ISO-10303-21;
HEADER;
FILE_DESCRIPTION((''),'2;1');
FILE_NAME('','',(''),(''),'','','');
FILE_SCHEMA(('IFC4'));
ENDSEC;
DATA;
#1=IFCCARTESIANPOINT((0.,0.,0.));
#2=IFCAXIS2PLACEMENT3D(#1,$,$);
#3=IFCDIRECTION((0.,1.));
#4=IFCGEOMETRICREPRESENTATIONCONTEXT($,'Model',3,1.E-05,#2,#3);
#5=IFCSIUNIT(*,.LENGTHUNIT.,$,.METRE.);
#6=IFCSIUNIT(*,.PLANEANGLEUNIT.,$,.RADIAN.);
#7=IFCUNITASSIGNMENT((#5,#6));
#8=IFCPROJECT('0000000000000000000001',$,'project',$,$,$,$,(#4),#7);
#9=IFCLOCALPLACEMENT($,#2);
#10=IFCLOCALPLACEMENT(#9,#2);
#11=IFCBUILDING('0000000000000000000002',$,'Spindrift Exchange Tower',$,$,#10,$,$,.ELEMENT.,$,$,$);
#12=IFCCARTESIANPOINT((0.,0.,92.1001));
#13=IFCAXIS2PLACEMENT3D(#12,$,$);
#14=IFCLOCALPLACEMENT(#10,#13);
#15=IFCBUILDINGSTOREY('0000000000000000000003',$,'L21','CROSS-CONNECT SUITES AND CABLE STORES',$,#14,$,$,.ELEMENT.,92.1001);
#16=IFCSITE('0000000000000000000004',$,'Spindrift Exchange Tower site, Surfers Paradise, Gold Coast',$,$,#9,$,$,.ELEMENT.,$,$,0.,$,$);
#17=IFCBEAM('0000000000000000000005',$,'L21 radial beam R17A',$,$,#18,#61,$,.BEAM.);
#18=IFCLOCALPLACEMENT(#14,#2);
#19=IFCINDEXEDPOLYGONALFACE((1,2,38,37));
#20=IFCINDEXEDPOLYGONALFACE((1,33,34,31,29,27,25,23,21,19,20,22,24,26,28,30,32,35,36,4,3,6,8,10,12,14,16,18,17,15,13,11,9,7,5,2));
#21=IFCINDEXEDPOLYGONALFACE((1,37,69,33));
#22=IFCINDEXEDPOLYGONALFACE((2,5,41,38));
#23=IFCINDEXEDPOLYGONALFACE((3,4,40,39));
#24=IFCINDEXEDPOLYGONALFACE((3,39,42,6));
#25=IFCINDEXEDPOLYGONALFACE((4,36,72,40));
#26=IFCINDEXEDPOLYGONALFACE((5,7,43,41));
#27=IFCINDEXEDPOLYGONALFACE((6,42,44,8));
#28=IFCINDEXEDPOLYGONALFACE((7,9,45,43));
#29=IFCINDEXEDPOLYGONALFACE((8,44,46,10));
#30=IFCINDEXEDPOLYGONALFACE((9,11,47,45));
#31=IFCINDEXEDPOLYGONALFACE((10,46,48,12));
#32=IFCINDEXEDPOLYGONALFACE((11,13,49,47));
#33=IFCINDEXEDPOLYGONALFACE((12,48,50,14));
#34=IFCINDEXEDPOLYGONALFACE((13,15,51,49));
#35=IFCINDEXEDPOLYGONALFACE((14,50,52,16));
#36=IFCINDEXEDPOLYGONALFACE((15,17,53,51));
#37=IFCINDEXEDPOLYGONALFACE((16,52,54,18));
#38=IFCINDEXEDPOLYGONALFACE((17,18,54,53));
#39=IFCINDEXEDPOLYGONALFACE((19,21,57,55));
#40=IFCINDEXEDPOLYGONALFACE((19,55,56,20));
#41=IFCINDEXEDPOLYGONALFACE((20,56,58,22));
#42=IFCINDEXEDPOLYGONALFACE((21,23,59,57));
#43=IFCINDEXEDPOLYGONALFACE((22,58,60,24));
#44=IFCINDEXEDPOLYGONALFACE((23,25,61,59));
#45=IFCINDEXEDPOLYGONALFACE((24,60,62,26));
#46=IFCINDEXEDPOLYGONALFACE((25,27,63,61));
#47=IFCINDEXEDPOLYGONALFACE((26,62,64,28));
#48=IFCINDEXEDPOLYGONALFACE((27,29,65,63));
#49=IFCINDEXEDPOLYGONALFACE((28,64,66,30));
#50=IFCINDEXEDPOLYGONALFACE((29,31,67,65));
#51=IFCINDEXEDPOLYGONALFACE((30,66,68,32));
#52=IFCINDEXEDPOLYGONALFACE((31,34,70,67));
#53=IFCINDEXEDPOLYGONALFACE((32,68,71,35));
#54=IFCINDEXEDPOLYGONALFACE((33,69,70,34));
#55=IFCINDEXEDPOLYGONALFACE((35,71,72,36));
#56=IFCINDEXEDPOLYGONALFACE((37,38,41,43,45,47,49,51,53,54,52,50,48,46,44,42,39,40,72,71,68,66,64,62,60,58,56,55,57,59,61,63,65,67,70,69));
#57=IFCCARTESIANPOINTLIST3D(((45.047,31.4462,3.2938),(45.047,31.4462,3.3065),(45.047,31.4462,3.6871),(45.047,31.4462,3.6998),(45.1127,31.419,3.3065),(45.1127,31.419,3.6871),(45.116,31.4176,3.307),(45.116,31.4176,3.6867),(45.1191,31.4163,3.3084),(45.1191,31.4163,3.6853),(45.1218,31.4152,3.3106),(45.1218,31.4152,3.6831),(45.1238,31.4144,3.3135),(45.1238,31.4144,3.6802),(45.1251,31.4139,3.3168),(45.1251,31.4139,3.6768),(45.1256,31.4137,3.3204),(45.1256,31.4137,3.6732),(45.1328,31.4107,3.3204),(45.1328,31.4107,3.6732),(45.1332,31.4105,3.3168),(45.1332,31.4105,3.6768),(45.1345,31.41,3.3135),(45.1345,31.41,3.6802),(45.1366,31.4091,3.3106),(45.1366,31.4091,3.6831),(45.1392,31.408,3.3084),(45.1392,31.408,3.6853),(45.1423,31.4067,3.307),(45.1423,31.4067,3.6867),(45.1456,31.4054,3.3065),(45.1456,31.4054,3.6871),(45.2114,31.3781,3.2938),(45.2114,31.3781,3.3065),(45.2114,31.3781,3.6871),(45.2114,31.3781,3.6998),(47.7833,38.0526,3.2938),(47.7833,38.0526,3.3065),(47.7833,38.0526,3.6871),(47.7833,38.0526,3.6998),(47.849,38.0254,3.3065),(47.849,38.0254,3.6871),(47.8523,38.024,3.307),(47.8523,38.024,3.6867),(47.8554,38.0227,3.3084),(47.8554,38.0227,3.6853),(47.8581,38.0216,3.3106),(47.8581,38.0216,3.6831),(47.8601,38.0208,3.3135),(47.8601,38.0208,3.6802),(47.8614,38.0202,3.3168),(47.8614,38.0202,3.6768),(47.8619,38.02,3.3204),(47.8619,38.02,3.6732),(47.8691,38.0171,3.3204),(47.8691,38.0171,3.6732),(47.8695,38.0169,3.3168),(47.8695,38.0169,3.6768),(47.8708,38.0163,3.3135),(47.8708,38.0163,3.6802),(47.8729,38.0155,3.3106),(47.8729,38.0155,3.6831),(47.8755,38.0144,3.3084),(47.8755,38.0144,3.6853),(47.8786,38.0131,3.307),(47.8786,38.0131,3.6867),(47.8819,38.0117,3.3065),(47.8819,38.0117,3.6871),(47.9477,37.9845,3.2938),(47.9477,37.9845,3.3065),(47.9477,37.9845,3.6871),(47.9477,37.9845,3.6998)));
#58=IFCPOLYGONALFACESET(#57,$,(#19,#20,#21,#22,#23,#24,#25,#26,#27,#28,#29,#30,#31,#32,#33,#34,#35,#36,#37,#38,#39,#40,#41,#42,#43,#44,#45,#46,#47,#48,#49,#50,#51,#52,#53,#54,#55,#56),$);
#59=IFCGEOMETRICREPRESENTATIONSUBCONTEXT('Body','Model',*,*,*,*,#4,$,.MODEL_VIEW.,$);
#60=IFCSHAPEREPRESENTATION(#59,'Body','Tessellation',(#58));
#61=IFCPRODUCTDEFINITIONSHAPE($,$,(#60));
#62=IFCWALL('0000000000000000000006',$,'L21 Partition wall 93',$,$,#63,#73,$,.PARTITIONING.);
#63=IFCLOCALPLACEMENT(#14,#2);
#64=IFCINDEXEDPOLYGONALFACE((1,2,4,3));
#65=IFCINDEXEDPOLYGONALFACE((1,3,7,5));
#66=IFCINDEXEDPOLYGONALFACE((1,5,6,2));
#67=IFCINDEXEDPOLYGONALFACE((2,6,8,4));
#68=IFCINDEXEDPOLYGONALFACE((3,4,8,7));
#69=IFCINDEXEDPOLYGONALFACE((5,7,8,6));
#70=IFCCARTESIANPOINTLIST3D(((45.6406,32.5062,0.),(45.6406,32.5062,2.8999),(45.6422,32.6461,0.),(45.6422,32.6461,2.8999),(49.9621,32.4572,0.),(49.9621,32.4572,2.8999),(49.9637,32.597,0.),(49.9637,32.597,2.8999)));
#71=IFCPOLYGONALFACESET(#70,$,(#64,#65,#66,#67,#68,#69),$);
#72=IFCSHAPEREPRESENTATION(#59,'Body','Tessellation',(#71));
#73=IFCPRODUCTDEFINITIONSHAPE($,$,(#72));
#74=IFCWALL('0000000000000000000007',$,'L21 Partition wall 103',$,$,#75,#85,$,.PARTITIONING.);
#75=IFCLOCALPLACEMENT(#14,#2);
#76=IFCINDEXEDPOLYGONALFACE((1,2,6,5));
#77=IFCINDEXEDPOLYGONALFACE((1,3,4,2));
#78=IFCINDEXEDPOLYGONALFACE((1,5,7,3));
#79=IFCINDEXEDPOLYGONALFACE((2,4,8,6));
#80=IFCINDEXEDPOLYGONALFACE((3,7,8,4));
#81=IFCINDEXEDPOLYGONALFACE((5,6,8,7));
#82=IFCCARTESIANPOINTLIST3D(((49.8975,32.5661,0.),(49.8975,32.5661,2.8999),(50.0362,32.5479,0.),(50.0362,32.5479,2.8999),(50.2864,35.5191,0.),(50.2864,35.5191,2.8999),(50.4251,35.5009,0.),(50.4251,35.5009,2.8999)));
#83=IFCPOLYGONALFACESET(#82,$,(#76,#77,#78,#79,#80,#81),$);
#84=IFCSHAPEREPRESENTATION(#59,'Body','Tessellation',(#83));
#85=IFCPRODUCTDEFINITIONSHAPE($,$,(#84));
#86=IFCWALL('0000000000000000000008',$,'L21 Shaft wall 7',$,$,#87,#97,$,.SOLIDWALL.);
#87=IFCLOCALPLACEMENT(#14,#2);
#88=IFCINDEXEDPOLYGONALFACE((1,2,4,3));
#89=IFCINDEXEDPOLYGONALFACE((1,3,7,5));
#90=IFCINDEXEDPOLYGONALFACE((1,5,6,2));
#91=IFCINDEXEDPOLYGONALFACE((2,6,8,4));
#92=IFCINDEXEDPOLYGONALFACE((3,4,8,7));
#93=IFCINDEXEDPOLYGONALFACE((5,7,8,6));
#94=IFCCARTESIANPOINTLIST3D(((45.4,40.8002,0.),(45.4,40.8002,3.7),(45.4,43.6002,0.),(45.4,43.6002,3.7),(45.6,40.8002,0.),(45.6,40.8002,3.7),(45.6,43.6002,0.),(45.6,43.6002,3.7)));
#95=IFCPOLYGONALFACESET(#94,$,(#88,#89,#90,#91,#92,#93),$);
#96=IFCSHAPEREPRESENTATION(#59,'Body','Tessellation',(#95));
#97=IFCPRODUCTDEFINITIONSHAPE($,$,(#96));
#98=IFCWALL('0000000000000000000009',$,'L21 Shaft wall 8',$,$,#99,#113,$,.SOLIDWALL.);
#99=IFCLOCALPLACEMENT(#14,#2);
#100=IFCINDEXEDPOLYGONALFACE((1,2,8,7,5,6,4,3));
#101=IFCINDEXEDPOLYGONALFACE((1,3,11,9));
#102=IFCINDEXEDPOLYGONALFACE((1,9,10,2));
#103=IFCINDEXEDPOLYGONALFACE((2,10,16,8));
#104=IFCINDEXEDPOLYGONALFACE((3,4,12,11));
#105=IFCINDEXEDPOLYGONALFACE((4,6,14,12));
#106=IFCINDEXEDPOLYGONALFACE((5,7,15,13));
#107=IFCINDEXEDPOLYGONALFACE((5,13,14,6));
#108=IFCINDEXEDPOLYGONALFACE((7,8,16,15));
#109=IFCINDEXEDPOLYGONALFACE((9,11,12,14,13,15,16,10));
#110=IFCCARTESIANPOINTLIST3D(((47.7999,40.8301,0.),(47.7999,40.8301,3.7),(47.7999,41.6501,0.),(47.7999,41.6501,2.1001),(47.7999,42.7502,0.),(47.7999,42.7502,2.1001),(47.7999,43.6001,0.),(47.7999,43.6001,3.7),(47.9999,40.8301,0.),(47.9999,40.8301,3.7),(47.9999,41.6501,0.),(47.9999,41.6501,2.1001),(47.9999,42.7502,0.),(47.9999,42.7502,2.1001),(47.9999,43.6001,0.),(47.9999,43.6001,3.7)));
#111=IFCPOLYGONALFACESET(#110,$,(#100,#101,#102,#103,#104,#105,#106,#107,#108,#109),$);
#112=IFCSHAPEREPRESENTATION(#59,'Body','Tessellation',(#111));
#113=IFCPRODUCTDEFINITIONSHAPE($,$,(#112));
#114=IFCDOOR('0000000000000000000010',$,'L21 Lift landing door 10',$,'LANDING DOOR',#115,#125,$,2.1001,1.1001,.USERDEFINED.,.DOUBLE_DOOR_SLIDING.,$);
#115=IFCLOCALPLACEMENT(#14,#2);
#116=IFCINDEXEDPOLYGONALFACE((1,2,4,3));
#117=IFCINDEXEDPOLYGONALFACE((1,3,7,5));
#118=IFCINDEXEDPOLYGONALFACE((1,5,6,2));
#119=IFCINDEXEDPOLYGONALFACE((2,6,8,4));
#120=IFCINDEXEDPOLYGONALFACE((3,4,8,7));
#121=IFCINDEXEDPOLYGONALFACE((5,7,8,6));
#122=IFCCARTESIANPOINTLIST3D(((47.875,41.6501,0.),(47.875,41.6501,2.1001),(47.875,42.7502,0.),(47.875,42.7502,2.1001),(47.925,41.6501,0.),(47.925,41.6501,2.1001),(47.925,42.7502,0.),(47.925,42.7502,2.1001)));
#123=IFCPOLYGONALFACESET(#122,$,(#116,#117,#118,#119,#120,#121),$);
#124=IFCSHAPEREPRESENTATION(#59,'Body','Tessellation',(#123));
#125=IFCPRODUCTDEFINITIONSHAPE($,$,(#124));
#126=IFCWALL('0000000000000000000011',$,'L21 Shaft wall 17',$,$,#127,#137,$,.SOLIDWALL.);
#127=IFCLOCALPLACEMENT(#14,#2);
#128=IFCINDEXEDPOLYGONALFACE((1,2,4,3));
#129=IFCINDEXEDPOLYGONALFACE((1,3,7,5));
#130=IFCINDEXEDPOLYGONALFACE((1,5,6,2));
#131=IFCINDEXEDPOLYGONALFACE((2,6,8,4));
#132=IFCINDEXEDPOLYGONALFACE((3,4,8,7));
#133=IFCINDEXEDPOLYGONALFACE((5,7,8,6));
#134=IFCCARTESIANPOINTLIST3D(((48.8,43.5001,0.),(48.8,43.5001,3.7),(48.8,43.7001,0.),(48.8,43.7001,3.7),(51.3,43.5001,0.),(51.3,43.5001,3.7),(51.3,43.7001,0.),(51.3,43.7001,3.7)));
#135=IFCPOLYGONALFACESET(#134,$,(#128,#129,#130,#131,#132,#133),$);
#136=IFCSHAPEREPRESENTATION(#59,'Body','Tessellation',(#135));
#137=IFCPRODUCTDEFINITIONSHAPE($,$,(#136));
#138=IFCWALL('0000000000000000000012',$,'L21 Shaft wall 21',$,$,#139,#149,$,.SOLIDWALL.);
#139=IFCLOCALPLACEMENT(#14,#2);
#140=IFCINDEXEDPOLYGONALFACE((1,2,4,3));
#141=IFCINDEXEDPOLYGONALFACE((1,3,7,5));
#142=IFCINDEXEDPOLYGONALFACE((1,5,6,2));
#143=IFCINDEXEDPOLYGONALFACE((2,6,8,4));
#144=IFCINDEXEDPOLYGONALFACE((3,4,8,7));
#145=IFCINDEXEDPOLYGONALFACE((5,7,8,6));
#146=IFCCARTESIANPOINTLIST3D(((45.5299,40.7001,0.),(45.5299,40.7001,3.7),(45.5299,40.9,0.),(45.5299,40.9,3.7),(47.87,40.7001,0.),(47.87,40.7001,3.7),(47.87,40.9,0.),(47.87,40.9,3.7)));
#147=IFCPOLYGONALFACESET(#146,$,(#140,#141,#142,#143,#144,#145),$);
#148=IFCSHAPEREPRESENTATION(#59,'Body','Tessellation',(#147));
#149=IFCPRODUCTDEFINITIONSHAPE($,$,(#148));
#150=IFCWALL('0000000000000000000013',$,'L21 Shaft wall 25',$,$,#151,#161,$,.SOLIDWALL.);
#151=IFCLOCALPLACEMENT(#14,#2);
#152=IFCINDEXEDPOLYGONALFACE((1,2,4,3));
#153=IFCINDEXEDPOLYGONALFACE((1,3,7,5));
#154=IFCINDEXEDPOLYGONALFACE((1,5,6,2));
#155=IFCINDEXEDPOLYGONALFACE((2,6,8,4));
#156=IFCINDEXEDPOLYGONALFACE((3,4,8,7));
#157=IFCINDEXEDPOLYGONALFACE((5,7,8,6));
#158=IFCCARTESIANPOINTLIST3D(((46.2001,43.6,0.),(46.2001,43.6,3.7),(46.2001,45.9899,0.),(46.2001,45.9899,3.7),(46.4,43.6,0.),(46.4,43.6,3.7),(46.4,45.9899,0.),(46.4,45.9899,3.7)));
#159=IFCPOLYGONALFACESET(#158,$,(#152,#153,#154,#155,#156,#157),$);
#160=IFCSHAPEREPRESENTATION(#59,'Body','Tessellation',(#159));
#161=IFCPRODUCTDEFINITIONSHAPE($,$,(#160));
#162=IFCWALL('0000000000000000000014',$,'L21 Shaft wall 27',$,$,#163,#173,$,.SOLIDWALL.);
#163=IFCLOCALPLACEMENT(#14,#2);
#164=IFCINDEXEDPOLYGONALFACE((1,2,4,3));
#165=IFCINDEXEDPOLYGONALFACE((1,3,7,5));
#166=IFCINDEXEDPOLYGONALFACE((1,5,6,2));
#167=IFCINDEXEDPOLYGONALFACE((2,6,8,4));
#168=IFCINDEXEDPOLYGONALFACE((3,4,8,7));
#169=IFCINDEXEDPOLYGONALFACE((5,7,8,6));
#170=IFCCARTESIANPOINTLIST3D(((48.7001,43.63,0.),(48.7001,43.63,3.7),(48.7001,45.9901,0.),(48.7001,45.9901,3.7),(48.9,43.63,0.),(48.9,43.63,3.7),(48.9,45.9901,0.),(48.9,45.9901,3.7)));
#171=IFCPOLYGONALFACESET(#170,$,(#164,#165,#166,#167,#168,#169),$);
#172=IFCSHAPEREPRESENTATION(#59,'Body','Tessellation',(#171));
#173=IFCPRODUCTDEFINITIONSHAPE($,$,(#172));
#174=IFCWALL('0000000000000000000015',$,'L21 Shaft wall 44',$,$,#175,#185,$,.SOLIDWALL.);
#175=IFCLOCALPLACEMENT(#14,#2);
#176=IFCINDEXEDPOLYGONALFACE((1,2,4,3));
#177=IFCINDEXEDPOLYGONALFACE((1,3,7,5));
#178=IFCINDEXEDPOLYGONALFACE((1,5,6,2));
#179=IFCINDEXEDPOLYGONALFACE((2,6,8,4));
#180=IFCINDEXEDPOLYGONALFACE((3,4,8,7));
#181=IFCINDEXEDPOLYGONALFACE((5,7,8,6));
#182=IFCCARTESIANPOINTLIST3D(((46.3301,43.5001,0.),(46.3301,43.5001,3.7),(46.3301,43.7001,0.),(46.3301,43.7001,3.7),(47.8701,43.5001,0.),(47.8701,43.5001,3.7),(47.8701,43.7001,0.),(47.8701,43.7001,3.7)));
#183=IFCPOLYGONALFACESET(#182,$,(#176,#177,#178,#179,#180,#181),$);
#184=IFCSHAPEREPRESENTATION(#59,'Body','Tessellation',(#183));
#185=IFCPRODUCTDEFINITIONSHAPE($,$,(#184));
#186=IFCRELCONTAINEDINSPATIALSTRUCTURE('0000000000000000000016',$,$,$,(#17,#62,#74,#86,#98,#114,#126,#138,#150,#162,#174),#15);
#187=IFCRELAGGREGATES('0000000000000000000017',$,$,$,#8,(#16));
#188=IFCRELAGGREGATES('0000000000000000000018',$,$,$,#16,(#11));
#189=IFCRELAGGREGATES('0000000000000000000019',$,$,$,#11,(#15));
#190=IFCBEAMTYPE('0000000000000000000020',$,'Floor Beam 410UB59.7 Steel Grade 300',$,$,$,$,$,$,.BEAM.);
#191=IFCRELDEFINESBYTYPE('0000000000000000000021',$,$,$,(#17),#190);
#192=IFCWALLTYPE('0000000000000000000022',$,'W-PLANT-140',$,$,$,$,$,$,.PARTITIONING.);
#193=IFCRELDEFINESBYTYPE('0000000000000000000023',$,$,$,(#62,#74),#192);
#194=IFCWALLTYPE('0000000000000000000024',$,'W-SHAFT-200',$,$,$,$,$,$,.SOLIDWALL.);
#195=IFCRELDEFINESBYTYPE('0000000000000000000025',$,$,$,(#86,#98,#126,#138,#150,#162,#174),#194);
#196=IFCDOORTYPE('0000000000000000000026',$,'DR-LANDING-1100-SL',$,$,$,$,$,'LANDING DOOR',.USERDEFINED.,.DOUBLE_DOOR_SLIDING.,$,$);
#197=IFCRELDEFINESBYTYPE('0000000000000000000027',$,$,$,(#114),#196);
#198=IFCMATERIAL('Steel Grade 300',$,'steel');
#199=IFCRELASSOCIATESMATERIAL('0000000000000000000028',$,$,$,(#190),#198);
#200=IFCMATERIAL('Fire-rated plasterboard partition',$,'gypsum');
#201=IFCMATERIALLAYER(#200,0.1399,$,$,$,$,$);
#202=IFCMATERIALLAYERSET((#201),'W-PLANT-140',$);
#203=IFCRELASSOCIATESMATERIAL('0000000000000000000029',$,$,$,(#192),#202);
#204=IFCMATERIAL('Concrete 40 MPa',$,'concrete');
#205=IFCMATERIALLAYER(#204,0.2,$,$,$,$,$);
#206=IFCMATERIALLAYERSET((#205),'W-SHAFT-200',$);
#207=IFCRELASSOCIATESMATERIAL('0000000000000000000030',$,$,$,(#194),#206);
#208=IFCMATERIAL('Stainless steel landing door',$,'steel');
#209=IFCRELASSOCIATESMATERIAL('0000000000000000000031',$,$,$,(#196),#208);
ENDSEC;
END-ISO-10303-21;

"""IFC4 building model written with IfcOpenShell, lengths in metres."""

from ifc_helpers import new_model, si_unit, direction, frame, frame_2d, origin, origin_2d, place, context, subcontext, project, spatial, rectangle, i_section, extrude, source, transform, mapped, material, layer, layer_set, material_profile, profile_set, type_object, element, fill, save


model = new_model("IFC4")

# Units and contexts
model_context = context("Model", 3, precision=1e-05, world=origin(), true_north=direction((0.0, 1.0)))
body_context = subcontext(model_context, "Body", "Model", "MODEL_VIEW")
ifc_project = project(units=[si_unit("LENGTHUNIT", "METRE"), si_unit("PLANEANGLEUNIT", "RADIAN")], contexts=[model_context])

# Site, building, storey
site_placement = place(None, origin())
site = spatial("IfcSite", under=ifc_project, at=site_placement, Name="Spindrift Exchange Tower site, Surfers Paradise, Gold Coast", CompositionType="ELEMENT", RefElevation=0.0)
building_placement = place(site_placement, origin())
building = spatial("IfcBuilding", under=site, at=building_placement, Name="Spindrift Exchange Tower", CompositionType="ELEMENT")
storey_placement = place(building_placement, frame((0.0, 0.0, 92.1001)))
storey = spatial("IfcBuildingStorey", under=building, at=storey_placement, Name="L21", Description="CROSS-CONNECT SUITES AND CABLE STORES", CompositionType="ELEMENT", Elevation=92.1001)

# Beam
ifc_material_1 = material(Name="Steel Grade 300", Category="steel")
ifc_material_profile = material_profile(ifc_material_1, i_section(OverallWidth=0.178, OverallDepth=0.406, WebThickness=0.0078, FlangeThickness=0.0127, FilletRadius=0.0139, at=origin_2d()), Name="410UB59.7")
ifc_profile_set = profile_set([ifc_material_profile], Name="Steel Grade 300")
beam_type = type_object("IfcBeamType", Name="Floor Beam 410UB59.7 Steel Grade 300", PredefinedType="BEAM", material=ifc_profile_set)
shared_shape_1 = source(origin(), body_context, "Body", "SweptSolid", [
    extrude(i_section(OverallWidth=0.178, OverallDepth=0.406, WebThickness=0.0078, FlangeThickness=0.0127, FilletRadius=0.0139, at=origin_2d()), origin(), (0.0, 0.0, 1.0), 7.1506),
])
beam_placement = place(storey_placement, frame((47.8655, 38.0186, 3.4968), z_axis=(-0.382665, -0.923887, 0.0), x_axis=(0.923887, -0.382665, 0.0)))
element("IfcBeam", 1, at=beam_placement, inside=storey, type_object=beam_type, Name="L21 radial beam R17A", PredefinedType="BEAM", context=body_context, shape_type="MappedRepresentation", body=[
    mapped(shared_shape_1, transform((0.0, 0.0, 0.0), scale=1.0)),
])

# Walls
ifc_material_2 = material(Name="Fire-rated plasterboard partition", Category="gypsum")
ifc_layer_1 = layer(ifc_material_2, 0.1399)
ifc_layer_set_1 = layer_set([ifc_layer_1], Name="W-PLANT-140")
wall_type_1 = type_object("IfcWallType", Name="W-PLANT-140", PredefinedType="PARTITIONING", material=ifc_layer_set_1)
wall_1_placement = place(storey_placement, frame((45.6414, 32.5762, 0.0), z_axis=(0.0, 0.0, 1.0), x_axis=(0.999936, -0.011355, 0.0)))
element("IfcWall", 2, at=wall_1_placement, inside=storey, type_object=wall_type_1, Name="L21 Partition wall 93", PredefinedType="PARTITIONING", context=body_context, shape_type="SweptSolid", body=[
    extrude(rectangle(XDim=4.3218, YDim=0.1399, at=frame_2d((2.1609, 0.0))), origin(), (0.0, 0.0, 1.0), 2.8999),
])
wall_2_placement = place(storey_placement, frame((50.3557, 35.51, 0.0), z_axis=(0.0, 0.0, 1.0), x_axis=(-0.130569, -0.991439, 0.0)))
element("IfcWall", 3, at=wall_2_placement, inside=storey, type_object=wall_type_1, Name="L21 Partition wall 103", PredefinedType="PARTITIONING", context=body_context, shape_type="SweptSolid", body=[
    extrude(rectangle(XDim=2.9785, YDim=0.1399, at=frame_2d((1.4893, 0.0))), origin(), (0.0, 0.0, 1.0), 2.8999),
])
ifc_material_3 = material(Name="Concrete 40 MPa", Category="concrete")
ifc_layer_2 = layer(ifc_material_3, 0.2)
ifc_layer_set_2 = layer_set([ifc_layer_2], Name="W-SHAFT-200")
wall_type_2 = type_object("IfcWallType", Name="W-SHAFT-200", PredefinedType="SOLIDWALL", material=ifc_layer_set_2)
wall_3_placement = place(storey_placement, frame((45.5, 43.6001, 0.0), z_axis=(0.0, 0.0, 1.0), x_axis=(0.0, -1.0, 0.0)))
element("IfcWall", 4, at=wall_3_placement, inside=storey, type_object=wall_type_2, Name="L21 Shaft wall 7", PredefinedType="SOLIDWALL", context=body_context, shape_type="SweptSolid", body=[
    extrude(rectangle(XDim=2.8, YDim=0.2, at=frame_2d((1.3999, 0.0))), origin(), (0.0, 0.0, 1.0), 3.7),
])

# Wall, opening, door
wall_4_placement = place(storey_placement, frame((47.8999, 40.8301, 0.0), z_axis=(0.0, 0.0, 1.0), x_axis=(0.0, 1.0, 0.0)))
wall_4 = element("IfcWall", 5, at=wall_4_placement, inside=storey, type_object=wall_type_2, Name="L21 Shaft wall 8", PredefinedType="SOLIDWALL", context=body_context, shape_type="SweptSolid", body=[
    extrude(rectangle(XDim=2.77, YDim=0.2, at=frame_2d((1.385, 0.0))), origin(), (0.0, 0.0, 1.0), 3.7),
])
opening_1_placement = place(wall_4_placement, frame((0.8201, 0.0, 0.0)))
opening_1 = element("IfcOpeningElement", 6, at=opening_1_placement, cuts=wall_4, PredefinedType="OPENING", context=body_context, shape_type="SweptSolid", body=[
    extrude(rectangle(XDim=1.1001, YDim=2.1001, at=frame_2d((0.55, 1.05))), frame((0.0, 0.1099, 0.0), z_axis=(0.0, -1.0, 0.0), x_axis=(1.0, 0.0, 0.0)), (0.0, 0.0, 1.0), 0.22),
])
ifc_material_4 = material(Name="Stainless steel landing door", Category="steel")
door_type_1 = type_object("IfcDoorType", Name="DR-LANDING-1100-SL", ElementType="LANDING DOOR", OperationType="DOUBLE_DOOR_SLIDING", PredefinedType="USERDEFINED", material=ifc_material_4)
shared_shape_2 = source(origin(), body_context, "Body", "SweptSolid", [
    extrude(rectangle(XDim=1.1001, YDim=2.1001, at=frame_2d((0.55, 1.05))), frame((0.0, 0.0249, 0.0), z_axis=(0.0, -1.0, 0.0), x_axis=(1.0, 0.0, 0.0)), (0.0, 0.0, 1.0), 0.05),
])
door_1_placement = place(opening_1_placement, origin())
door_1 = element("IfcDoor", 7, at=door_1_placement, inside=storey, type_object=door_type_1, Name="L21 Lift landing door 10", ObjectType="LANDING DOOR", OperationType="DOUBLE_DOOR_SLIDING", OverallHeight=2.1001, OverallWidth=1.1001, PredefinedType="USERDEFINED", context=body_context, shape_type="MappedRepresentation", body=[
    mapped(shared_shape_2, transform((0.0, 0.0, 0.0), scale=1.0)),
])
fill(opening_1, door_1)

# Walls
wall_5_placement = place(storey_placement, frame((48.8, 43.6001, 0.0), z_axis=(0.0, 0.0, 1.0), x_axis=(1.0, 0.0, 0.0)))
element("IfcWall", 8, at=wall_5_placement, inside=storey, type_object=wall_type_2, Name="L21 Shaft wall 17", PredefinedType="SOLIDWALL", context=body_context, shape_type="SweptSolid", body=[
    extrude(rectangle(XDim=2.5, YDim=0.2, at=frame_2d((1.25, 0.0))), origin(), (0.0, 0.0, 1.0), 3.7),
])
wall_6_placement = place(storey_placement, frame((45.53, 40.8, 0.0), z_axis=(0.0, 0.0, 1.0), x_axis=(1.0, 0.0, 0.0)))
element("IfcWall", 9, at=wall_6_placement, inside=storey, type_object=wall_type_2, Name="L21 Shaft wall 21", PredefinedType="SOLIDWALL", context=body_context, shape_type="SweptSolid", body=[
    extrude(rectangle(XDim=2.3401, YDim=0.2, at=frame_2d((1.1699, 0.0))), origin(), (0.0, 0.0, 1.0), 3.7),
])
wall_7_placement = place(storey_placement, frame((46.3, 43.6001, 0.0), z_axis=(0.0, 0.0, 1.0), x_axis=(0.0, 1.0, 0.0)))
element("IfcWall", 10, at=wall_7_placement, inside=storey, type_object=wall_type_2, Name="L21 Shaft wall 25", PredefinedType="SOLIDWALL", context=body_context, shape_type="SweptSolid", body=[
    extrude(rectangle(XDim=2.3899, YDim=0.2, at=frame_2d((1.1948, 0.0))), origin(), (0.0, 0.0, 1.0), 3.7),
])
wall_8_placement = place(storey_placement, frame((48.8, 43.6299, 0.0), z_axis=(0.0, 0.0, 1.0), x_axis=(0.0, 1.0, 0.0)))
element("IfcWall", 11, at=wall_8_placement, inside=storey, type_object=wall_type_2, Name="L21 Shaft wall 27", PredefinedType="SOLIDWALL", context=body_context, shape_type="SweptSolid", body=[
    extrude(rectangle(XDim=2.3601, YDim=0.2, at=frame_2d((1.1802, 0.0))), origin(), (0.0, 0.0, 1.0), 3.7),
])
wall_9_placement = place(storey_placement, frame((46.3301, 43.6001, 0.0), z_axis=(0.0, 0.0, 1.0), x_axis=(1.0, 0.0, 0.0)))
element("IfcWall", 12, at=wall_9_placement, inside=storey, type_object=wall_type_2, Name="L21 Shaft wall 44", PredefinedType="SOLIDWALL", context=body_context, shape_type="SweptSolid", body=[
    extrude(rectangle(XDim=1.54, YDim=0.2, at=frame_2d((0.77, 0.0))), origin(), (0.0, 0.0, 1.0), 3.7),
])

save(model, "model.ifc")
